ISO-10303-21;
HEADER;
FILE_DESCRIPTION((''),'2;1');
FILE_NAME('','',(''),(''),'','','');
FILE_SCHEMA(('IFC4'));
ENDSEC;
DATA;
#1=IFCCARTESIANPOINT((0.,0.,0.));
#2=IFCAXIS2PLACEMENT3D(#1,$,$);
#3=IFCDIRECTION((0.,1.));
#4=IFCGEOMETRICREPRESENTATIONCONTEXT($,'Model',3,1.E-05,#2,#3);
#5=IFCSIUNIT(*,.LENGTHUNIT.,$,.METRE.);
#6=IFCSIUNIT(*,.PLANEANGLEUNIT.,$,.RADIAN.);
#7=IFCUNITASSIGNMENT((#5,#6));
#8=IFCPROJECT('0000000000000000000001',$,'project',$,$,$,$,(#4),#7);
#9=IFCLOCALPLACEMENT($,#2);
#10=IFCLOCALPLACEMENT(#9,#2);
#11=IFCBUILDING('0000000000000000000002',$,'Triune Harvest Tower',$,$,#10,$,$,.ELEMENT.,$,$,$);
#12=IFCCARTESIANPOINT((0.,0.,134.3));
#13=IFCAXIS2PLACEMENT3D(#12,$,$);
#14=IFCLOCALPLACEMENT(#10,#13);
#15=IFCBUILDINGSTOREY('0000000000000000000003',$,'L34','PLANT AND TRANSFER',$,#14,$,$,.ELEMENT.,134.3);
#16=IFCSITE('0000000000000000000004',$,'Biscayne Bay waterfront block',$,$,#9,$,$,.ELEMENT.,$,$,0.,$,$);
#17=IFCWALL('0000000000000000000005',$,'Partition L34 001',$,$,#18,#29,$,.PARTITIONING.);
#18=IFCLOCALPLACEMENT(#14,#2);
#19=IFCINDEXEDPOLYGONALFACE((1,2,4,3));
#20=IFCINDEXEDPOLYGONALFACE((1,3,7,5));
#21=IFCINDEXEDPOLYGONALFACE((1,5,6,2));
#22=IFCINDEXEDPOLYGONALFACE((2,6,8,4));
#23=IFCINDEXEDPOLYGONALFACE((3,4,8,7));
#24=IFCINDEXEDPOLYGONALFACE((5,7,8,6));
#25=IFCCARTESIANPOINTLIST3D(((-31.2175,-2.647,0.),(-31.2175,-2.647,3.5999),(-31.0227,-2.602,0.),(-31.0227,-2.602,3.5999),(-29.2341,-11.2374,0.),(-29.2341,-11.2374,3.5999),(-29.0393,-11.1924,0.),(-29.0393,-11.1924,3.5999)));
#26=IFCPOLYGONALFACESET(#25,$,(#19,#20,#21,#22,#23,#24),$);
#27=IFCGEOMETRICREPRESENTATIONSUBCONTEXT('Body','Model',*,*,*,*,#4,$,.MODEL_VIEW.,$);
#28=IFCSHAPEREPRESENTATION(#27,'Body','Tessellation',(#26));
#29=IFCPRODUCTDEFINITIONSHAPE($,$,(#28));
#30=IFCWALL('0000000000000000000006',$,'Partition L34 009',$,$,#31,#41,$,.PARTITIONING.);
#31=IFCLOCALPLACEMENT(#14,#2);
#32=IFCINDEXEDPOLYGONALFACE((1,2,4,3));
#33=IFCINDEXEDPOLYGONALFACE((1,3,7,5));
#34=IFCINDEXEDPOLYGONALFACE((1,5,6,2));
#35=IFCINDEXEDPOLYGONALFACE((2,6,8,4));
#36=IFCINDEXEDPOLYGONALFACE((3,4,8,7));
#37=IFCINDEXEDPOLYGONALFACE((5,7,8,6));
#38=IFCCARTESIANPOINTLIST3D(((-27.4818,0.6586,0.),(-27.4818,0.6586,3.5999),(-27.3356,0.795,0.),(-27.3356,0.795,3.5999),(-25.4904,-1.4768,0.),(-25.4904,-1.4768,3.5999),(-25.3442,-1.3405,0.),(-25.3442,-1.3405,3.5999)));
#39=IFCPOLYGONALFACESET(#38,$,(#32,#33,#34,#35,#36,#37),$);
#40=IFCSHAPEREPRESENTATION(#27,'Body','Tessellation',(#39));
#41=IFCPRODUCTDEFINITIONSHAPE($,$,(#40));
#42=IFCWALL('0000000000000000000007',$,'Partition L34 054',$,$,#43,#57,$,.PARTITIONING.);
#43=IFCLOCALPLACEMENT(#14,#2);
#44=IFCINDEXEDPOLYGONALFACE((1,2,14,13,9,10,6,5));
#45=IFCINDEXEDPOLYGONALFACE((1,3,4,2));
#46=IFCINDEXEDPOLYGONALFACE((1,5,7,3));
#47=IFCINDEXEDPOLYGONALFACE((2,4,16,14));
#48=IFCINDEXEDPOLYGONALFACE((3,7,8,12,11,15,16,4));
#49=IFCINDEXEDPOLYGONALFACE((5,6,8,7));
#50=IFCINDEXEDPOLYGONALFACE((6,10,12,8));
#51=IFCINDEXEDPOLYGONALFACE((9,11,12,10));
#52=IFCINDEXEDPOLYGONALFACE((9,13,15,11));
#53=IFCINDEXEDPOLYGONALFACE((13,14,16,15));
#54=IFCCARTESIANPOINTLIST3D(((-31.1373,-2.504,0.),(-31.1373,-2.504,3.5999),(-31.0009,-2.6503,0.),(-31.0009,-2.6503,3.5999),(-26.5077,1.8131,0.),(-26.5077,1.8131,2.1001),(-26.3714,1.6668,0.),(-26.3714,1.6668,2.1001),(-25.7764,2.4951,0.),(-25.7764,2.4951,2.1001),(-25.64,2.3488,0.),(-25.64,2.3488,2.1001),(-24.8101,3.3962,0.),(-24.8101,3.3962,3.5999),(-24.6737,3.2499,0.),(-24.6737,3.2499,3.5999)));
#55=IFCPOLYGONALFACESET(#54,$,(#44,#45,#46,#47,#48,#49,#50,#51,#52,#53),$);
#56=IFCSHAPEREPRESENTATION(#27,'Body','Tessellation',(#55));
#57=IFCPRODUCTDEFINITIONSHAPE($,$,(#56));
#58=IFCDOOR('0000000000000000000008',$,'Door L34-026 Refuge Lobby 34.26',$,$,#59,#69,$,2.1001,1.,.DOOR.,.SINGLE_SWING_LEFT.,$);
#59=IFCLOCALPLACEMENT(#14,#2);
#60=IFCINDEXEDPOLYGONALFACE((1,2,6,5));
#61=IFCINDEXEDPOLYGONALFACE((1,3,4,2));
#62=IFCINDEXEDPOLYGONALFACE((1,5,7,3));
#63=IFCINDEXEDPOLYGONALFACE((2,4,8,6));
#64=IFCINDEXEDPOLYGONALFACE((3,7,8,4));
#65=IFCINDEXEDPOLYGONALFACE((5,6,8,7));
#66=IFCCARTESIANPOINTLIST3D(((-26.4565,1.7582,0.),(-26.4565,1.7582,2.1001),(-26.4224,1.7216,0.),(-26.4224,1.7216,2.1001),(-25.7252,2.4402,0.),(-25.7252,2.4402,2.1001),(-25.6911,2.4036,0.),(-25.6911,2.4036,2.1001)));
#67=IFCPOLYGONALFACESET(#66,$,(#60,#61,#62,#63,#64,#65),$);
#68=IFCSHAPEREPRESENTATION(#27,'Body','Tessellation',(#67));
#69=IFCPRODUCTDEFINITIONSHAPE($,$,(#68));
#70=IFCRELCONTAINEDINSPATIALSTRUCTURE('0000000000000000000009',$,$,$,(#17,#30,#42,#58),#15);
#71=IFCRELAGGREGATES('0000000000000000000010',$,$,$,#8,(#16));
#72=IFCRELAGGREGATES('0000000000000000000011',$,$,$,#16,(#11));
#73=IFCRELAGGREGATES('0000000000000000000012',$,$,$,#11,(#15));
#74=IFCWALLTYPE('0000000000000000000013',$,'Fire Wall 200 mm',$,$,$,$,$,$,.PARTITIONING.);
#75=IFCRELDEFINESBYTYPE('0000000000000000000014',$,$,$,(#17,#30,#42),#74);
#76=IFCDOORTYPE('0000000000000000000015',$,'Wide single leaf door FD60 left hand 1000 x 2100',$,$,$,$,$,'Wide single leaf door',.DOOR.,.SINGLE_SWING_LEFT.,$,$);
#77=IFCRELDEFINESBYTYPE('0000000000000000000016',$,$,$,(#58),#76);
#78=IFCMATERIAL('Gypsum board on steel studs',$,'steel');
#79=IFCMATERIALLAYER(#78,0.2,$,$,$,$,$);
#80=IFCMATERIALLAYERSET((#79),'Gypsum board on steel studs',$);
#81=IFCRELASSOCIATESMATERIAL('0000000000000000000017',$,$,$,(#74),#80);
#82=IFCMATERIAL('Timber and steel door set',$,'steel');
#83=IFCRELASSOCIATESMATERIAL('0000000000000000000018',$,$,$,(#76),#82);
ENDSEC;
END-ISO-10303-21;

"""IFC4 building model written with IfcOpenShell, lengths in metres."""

from ifc_helpers import new_model, si_unit, direction, frame, frame_2d, origin, place, context, subcontext, project, spatial, rectangle, extrude, material, layer, layer_set, type_object, element, fill, save


model = new_model("IFC4")

# Units and contexts
model_context = context("Model", 3, precision=1e-05, world=origin(), true_north=direction((0.0, 1.0)))
body_context = subcontext(model_context, "Body", "Model", "MODEL_VIEW")
ifc_project = project(units=[si_unit("LENGTHUNIT", "METRE"), si_unit("PLANEANGLEUNIT", "RADIAN")], contexts=[model_context])

# Site, building, storey
site_placement = place(None, origin())
site = spatial("IfcSite", under=ifc_project, at=site_placement, Name="Biscayne Bay waterfront block", CompositionType="ELEMENT", RefElevation=0.0)
building_placement = place(site_placement, origin())
building = spatial("IfcBuilding", under=site, at=building_placement, Name="Triune Harvest Tower", CompositionType="ELEMENT")
storey_placement = place(building_placement, frame((0.0, 0.0, 134.3)))
storey = spatial("IfcBuildingStorey", under=building, at=storey_placement, Name="L34", Description="PLANT AND TRANSFER", CompositionType="ELEMENT", Elevation=134.3)

# Walls
ifc_material_1 = material(Name="Gypsum board on steel studs", Category="steel")
ifc_layer_1 = layer(ifc_material_1, 0.2)
ifc_layer_set_1 = layer_set([ifc_layer_1], Name="Gypsum board on steel studs")
wall_type = type_object("IfcWallType", Name="Fire Wall 200 mm", PredefinedType="PARTITIONING", material=ifc_layer_set_1)
wall_1_placement = place(storey_placement, frame((-31.1201, -2.6245, 0.0), z_axis=(0.0, 0.0, 1.0), x_axis=(0.224969, -0.974366, 0.0)))
element("IfcWall", 1, at=wall_1_placement, inside=storey, type_object=wall_type, Name="Partition L34 001", PredefinedType="PARTITIONING", context=body_context, shape_type="SweptSolid", body=[
    extrude(rectangle(XDim=8.8164, YDim=0.2, at=frame_2d((4.4082, 0.0))), origin(), (0.0, 0.0, 1.0), 3.5999),
])
wall_2_placement = place(storey_placement, frame((-27.4087, 0.7268, 0.0), z_axis=(0.0, 0.0, 1.0), x_axis=(0.682011, -0.731342, 0.0)))
element("IfcWall", 2, at=wall_2_placement, inside=storey, type_object=wall_type, Name="Partition L34 009", PredefinedType="PARTITIONING", context=body_context, shape_type="SweptSolid", body=[
    extrude(rectangle(XDim=2.9199, YDim=0.2, at=frame_2d((1.46, 0.0))), origin(), (0.0, 0.0, 1.0), 3.5999),
])

# Wall, opening, door
wall_3_placement = place(storey_placement, frame((-31.0691, -2.5771, 0.0), z_axis=(0.0, 0.0, 1.0), x_axis=(0.731355, 0.681997, 0.0)))
wall_3 = element("IfcWall", 3, at=wall_3_placement, inside=storey, type_object=wall_type, Name="Partition L34 054", PredefinedType="PARTITIONING", context=body_context, shape_type="SweptSolid", body=[
    extrude(rectangle(XDim=8.6514, YDim=0.2, at=frame_2d((4.3257, 0.0))), origin(), (0.0, 0.0, 1.0), 3.5999),
])
opening_placement = place(wall_3_placement, frame((6.3301, 0.0, 0.0)))
opening = element("IfcOpeningElement", 4, at=opening_placement, cuts=wall_3, PredefinedType="OPENING", context=body_context, shape_type="SweptSolid", body=[
    extrude(rectangle(XDim=1.0, YDim=2.1001, at=frame_2d((0.5, 1.05))), frame((0.0, 0.1099, 0.0), z_axis=(0.0, -1.0, 0.0), x_axis=(1.0, 0.0, 0.0)), (0.0, 0.0, 1.0), 0.22),
])
ifc_material_2 = material(Name="Timber and steel door set", Category="steel")
door_type = type_object("IfcDoorType", Name="Wide single leaf door FD60 left hand 1000 x 2100", ElementType="Wide single leaf door", OperationType="SINGLE_SWING_LEFT", PredefinedType="DOOR", material=ifc_material_2)
door_placement = place(opening_placement, origin())
door = element("IfcDoor", 5, at=door_placement, inside=storey, type_object=door_type, Name="Door L34-026 Refuge Lobby 34.26", OperationType="SINGLE_SWING_LEFT", OverallHeight=2.1001, OverallWidth=1.0, PredefinedType="DOOR", context=body_context, shape_type="SweptSolid", body=[
    extrude(rectangle(XDim=1.0, YDim=2.1001, at=frame_2d((0.5, 1.05))), frame((0.0, 0.0249, 0.0), z_axis=(0.0, -1.0, 0.0), x_axis=(1.0, 0.0, 0.0)), (0.0, 0.0, 1.0), 0.05),
])
fill(opening, door)

save(model, "model.ifc")
